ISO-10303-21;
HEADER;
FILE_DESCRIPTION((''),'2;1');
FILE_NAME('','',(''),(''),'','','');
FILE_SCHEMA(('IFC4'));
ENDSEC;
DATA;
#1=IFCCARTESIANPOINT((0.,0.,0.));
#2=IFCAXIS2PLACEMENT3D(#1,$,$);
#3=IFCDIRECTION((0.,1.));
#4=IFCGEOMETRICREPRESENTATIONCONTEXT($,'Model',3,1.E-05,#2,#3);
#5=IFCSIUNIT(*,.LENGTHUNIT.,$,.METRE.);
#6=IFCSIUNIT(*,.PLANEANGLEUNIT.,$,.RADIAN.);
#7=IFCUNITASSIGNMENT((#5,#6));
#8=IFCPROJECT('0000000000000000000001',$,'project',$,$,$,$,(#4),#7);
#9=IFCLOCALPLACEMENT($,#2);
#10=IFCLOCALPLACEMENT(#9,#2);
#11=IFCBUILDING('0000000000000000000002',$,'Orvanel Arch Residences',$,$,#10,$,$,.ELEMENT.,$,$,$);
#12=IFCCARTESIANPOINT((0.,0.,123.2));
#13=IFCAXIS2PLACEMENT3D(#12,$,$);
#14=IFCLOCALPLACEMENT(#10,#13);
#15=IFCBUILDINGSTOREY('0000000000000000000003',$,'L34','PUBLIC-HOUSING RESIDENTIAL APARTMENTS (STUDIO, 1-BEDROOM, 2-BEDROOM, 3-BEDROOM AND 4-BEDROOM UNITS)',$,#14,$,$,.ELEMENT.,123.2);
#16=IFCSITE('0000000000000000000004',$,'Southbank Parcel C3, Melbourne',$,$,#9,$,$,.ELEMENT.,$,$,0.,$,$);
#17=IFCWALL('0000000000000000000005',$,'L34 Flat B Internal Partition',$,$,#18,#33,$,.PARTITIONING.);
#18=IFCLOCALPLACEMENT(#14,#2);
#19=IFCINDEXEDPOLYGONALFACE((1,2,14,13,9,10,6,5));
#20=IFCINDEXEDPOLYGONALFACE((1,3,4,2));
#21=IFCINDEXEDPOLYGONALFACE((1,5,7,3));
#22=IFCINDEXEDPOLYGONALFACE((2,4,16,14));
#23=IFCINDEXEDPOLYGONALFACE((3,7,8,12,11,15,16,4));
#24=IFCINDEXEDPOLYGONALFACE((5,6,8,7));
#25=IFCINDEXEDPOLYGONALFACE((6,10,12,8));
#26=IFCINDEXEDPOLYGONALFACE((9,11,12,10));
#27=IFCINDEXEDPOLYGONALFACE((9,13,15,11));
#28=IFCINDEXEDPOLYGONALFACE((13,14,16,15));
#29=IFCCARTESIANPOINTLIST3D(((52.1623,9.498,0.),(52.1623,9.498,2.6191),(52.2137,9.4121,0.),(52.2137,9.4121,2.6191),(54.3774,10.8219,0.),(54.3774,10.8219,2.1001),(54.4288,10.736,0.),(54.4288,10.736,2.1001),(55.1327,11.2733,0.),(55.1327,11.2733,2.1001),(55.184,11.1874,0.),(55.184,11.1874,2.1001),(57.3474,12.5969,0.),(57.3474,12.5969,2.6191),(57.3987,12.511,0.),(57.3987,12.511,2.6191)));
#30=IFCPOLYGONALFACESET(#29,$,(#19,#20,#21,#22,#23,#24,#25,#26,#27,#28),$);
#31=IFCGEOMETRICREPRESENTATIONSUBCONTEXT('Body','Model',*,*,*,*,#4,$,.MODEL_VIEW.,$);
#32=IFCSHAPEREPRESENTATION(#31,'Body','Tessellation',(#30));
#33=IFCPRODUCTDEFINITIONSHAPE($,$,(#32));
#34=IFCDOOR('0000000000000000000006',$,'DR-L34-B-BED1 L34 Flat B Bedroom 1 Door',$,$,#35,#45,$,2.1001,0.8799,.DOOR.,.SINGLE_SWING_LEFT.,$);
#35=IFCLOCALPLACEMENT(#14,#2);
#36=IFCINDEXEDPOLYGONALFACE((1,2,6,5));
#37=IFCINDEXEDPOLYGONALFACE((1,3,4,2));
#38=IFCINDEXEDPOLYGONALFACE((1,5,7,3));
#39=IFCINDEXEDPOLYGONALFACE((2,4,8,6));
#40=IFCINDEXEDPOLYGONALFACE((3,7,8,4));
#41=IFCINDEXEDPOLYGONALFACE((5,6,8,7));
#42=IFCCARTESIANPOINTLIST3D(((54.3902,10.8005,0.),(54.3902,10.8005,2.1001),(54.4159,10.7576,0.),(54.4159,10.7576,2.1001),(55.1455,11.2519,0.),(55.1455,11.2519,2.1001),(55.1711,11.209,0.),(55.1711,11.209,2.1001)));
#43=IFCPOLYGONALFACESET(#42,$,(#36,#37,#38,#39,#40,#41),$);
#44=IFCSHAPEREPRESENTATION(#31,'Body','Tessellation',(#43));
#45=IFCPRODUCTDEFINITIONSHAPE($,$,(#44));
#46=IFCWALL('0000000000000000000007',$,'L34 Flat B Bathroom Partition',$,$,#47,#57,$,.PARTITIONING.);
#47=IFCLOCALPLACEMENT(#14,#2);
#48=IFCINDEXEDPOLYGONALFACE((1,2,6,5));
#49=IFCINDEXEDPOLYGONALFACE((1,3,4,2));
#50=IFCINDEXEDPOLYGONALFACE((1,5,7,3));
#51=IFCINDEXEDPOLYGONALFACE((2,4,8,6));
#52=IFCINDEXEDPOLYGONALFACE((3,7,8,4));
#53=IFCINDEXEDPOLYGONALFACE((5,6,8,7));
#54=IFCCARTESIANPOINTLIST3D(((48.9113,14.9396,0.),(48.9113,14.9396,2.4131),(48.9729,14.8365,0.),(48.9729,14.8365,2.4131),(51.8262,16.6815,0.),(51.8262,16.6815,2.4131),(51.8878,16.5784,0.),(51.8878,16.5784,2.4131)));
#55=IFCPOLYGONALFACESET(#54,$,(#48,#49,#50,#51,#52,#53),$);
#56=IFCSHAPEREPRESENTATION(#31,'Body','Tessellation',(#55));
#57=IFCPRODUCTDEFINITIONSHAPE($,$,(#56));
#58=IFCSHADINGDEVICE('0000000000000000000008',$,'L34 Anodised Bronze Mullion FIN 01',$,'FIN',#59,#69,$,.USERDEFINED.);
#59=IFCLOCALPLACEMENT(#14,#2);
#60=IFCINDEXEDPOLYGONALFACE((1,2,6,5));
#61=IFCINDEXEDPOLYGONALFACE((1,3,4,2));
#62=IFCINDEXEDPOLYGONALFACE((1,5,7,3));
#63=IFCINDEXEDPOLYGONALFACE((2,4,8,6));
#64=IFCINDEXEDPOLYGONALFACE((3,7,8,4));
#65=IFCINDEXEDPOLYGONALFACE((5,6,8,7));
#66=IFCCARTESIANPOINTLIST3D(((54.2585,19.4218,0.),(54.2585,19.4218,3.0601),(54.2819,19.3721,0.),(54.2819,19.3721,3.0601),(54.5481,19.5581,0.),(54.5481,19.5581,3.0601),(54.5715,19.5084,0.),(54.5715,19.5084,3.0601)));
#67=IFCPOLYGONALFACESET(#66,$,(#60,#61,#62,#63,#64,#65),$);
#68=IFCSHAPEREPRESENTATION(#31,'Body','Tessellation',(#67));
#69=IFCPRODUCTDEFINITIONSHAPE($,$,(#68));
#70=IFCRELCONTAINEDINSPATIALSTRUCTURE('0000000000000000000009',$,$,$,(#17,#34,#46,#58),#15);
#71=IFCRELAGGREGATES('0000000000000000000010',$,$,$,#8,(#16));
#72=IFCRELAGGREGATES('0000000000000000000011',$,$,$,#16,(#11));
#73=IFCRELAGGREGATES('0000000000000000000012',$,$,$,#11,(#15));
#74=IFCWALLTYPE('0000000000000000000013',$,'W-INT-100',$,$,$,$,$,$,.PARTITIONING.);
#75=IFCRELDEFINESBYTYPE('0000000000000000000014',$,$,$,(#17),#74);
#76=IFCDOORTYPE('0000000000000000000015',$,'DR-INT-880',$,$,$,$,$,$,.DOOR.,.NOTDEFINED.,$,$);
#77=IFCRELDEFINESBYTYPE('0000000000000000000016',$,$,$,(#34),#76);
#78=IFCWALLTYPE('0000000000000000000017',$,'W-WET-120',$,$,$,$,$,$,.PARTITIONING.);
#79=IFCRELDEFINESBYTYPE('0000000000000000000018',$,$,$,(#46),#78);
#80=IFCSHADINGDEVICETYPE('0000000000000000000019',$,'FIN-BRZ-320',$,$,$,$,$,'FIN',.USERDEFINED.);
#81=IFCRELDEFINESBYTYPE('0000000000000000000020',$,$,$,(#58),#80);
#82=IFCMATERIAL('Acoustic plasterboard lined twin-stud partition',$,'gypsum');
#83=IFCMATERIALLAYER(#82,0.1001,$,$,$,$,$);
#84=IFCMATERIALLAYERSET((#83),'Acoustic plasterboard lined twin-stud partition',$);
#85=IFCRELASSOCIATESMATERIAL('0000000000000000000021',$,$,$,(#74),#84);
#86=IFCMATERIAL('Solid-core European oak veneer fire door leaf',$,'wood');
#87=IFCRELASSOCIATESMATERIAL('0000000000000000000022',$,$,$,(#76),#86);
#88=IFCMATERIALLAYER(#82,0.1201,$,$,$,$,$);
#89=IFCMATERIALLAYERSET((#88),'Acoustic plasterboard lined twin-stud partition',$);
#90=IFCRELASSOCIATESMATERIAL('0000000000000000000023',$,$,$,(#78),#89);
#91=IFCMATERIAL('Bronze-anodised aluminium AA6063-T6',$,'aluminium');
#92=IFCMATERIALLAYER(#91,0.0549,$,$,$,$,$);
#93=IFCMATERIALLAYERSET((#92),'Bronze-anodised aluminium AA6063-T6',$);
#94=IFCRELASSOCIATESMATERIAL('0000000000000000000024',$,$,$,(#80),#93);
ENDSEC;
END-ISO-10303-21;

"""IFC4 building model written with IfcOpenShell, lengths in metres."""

from ifc_helpers import new_model, si_unit, direction, frame, frame_2d, origin, origin_2d, place, context, subcontext, project, spatial, rectangle, extrude, material, layer, layer_set, type_object, element, fill, save


model = new_model("IFC4")

# Units and contexts
model_context = context("Model", 3, precision=1e-05, world=origin(), true_north=direction((0.0, 1.0)))
body_context = subcontext(model_context, "Body", "Model", "MODEL_VIEW")
ifc_project = project(units=[si_unit("LENGTHUNIT", "METRE"), si_unit("PLANEANGLEUNIT", "RADIAN")], contexts=[model_context])

# Site, building, storey
site_placement = place(None, origin())
site = spatial("IfcSite", under=ifc_project, at=site_placement, Name="Southbank Parcel C3, Melbourne", CompositionType="ELEMENT", RefElevation=0.0)
building_placement = place(site_placement, origin())
building = spatial("IfcBuilding", under=site, at=building_placement, Name="Orvanel Arch Residences", CompositionType="ELEMENT")
storey_placement = place(building_placement, frame((0.0, 0.0, 123.2)))
storey = spatial("IfcBuildingStorey", under=building, at=storey_placement, Name="L34", Description="PUBLIC-HOUSING RESIDENTIAL APARTMENTS (STUDIO, 1-BEDROOM, 2-BEDROOM, 3-BEDROOM AND 4-BEDROOM UNITS)", CompositionType="ELEMENT", Elevation=123.2)

# Shared definitions
ifc_material_1 = material(Name="Bronze-anodised aluminium AA6063-T6", Category="aluminium")

# Wall, opening, door
ifc_material_2 = material(Name="Acoustic plasterboard lined twin-stud partition", Category="gypsum")
ifc_layer_1 = layer(ifc_material_2, 0.1001)
ifc_layer_set_1 = layer_set([ifc_layer_1], Name="Acoustic plasterboard lined twin-stud partition")
wall_type_1 = type_object("IfcWallType", Name="W-INT-100", PredefinedType="PARTITIONING", material=ifc_layer_set_1)
wall_1_placement = place(storey_placement, frame((57.373, 12.554, 0.0), z_axis=(0.0, 0.0, 1.0), x_axis=(-0.85838, -0.513015, 0.0)))
wall_1 = element("IfcWall", 1, at=wall_1_placement, inside=storey, type_object=wall_type_1, Name="L34 Flat B Internal Partition", PredefinedType="PARTITIONING", context=body_context, shape_type="SweptSolid", body=[
    extrude(rectangle(XDim=6.0405, YDim=0.1001, at=frame_2d((3.0203, 0.0))), origin(), (0.0, 0.0, 1.0), 2.6191),
])
opening_placement = place(wall_1_placement, frame((2.5801, 0.0, 0.0)))
opening = element("IfcOpeningElement", 2, at=opening_placement, cuts=wall_1, PredefinedType="OPENING", context=body_context, shape_type="SweptSolid", body=[
    extrude(rectangle(XDim=0.8799, YDim=2.1001, at=frame_2d((0.4399, 1.05))), frame((0.0, 0.0601, 0.0), z_axis=(0.0, -1.0, 0.0), x_axis=(1.0, 0.0, 0.0)), (0.0, 0.0, 1.0), 0.1201),
])
ifc_material_3 = material(Name="Solid-core European oak veneer fire door leaf", Category="wood")
door_type = type_object("IfcDoorType", Name="DR-INT-880", OperationType="NOTDEFINED", PredefinedType="DOOR", material=ifc_material_3)
door_placement = place(opening_placement, origin())
door = element("IfcDoor", 3, at=door_placement, inside=storey, type_object=door_type, Name="DR-L34-B-BED1 L34 Flat B Bedroom 1 Door", OperationType="SINGLE_SWING_LEFT", OverallHeight=2.1001, OverallWidth=0.8799, PredefinedType="DOOR", context=body_context, shape_type="SweptSolid", body=[
    extrude(rectangle(XDim=0.8799, YDim=2.1001, at=frame_2d((0.4399, 1.05))), frame((0.0, 0.0249, 0.0), z_axis=(0.0, -1.0, 0.0), x_axis=(1.0, 0.0, 0.0)), (0.0, 0.0, 1.0), 0.05),
])
fill(opening, door)

# Wall
ifc_layer_2 = layer(ifc_material_2, 0.1201)
ifc_layer_set_2 = layer_set([ifc_layer_2], Name="Acoustic plasterboard lined twin-stud partition")
wall_type_2 = type_object("IfcWallType", Name="W-WET-120", PredefinedType="PARTITIONING", material=ifc_layer_set_2)
wall_2_placement = place(storey_placement, frame((51.8569, 16.6299, 0.0), z_axis=(0.0, 0.0, 1.0), x_axis=(-0.858411, -0.512962, 0.0)))
element("IfcWall", 4, at=wall_2_placement, inside=storey, type_object=wall_type_2, Name="L34 Flat B Bathroom Partition", PredefinedType="PARTITIONING", context=body_context, shape_type="SweptSolid", body=[
    extrude(rectangle(XDim=3.3958, YDim=0.1201, at=frame_2d((1.6978, 0.0))), origin(), (0.0, 0.0, 1.0), 2.4131),
])

# Shading device
ifc_layer_3 = layer(ifc_material_1, 0.0549)
ifc_layer_set_3 = layer_set([ifc_layer_3], Name="Bronze-anodised aluminium AA6063-T6")
shading_device_type = type_object("IfcShadingDeviceType", Name="FIN-BRZ-320", ElementType="FIN", PredefinedType="USERDEFINED", material=ifc_layer_set_3)
shading_device_placement = place(storey_placement, frame((54.415, 19.4651, 0.0), z_axis=(0.0, 0.0, 1.0), x_axis=(0.904827, 0.425779, 0.0)))
element("IfcShadingDevice", 5, at=shading_device_placement, inside=storey, type_object=shading_device_type, Name="L34 Anodised Bronze Mullion FIN 01", ObjectType="FIN", PredefinedType="USERDEFINED", context=body_context, shape_type="SweptSolid", body=[
    extrude(rectangle(XDim=0.3201, YDim=0.0549, at=origin_2d()), origin(), (0.0, 0.0, 1.0), 3.0601),
])

save(model, "model.ifc")
